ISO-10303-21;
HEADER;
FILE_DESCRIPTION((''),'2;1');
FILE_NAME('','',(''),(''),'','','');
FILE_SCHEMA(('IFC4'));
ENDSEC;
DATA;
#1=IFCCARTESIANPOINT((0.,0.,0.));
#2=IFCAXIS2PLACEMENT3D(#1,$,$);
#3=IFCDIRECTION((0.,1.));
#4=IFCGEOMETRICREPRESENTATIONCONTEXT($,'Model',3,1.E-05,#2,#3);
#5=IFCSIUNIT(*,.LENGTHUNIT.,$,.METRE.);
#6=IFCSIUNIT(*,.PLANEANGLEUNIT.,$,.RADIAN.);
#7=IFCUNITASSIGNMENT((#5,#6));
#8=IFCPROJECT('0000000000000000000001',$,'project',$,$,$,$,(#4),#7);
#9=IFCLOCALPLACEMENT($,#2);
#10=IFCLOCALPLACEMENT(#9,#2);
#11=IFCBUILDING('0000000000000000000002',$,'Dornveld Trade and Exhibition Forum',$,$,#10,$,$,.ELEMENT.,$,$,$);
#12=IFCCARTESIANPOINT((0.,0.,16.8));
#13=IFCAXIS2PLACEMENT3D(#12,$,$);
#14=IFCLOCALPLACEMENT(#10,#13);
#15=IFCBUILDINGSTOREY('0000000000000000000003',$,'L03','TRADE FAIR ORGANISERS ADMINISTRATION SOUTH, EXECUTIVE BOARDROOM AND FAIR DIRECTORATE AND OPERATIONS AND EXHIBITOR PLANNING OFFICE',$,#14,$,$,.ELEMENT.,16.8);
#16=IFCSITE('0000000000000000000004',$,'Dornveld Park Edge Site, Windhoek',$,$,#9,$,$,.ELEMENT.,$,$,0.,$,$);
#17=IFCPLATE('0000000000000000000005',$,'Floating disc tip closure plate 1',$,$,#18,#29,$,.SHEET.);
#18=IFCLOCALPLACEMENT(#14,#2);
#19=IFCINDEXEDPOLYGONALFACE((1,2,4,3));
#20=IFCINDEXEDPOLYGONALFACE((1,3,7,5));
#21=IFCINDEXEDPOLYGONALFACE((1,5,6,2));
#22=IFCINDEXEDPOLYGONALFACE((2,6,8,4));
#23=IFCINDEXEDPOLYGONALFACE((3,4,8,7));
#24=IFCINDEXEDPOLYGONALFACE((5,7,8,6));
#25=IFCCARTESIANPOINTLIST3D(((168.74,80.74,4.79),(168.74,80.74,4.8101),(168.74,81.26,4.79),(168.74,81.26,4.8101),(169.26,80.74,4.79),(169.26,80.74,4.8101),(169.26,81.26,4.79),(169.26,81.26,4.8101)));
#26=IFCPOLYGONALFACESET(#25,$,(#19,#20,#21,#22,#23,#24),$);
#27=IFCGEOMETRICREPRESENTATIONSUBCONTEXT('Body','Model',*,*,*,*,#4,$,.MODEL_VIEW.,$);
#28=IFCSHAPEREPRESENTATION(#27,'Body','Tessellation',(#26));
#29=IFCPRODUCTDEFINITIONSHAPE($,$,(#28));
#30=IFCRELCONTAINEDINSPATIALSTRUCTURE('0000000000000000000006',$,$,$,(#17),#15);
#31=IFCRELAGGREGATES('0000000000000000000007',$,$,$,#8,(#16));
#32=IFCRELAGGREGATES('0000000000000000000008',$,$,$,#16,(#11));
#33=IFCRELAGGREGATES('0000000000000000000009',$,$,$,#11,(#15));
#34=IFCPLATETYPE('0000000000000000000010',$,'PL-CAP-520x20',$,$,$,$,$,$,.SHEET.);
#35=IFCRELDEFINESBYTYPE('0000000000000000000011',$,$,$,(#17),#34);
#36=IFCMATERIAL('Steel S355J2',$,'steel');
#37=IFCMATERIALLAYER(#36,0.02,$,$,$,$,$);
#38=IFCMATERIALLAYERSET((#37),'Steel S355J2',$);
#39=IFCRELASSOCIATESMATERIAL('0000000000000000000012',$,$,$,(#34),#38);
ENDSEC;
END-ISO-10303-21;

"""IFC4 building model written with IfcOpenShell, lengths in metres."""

from ifc_helpers import new_model, si_unit, direction, frame, origin, origin_2d, place, context, subcontext, project, spatial, rectangle, extrude, material, layer, layer_set, type_object, element, save


model = new_model("IFC4")

# Units and contexts
model_context = context("Model", 3, precision=1e-05, world=origin(), true_north=direction((0.0, 1.0)))
body_context = subcontext(model_context, "Body", "Model", "MODEL_VIEW")
ifc_project = project(units=[si_unit("LENGTHUNIT", "METRE"), si_unit("PLANEANGLEUNIT", "RADIAN")], contexts=[model_context])

# Site, building, storey
site_placement = place(None, origin())
site = spatial("IfcSite", under=ifc_project, at=site_placement, Name="Dornveld Park Edge Site, Windhoek", CompositionType="ELEMENT", RefElevation=0.0)
building_placement = place(site_placement, origin())
building = spatial("IfcBuilding", under=site, at=building_placement, Name="Dornveld Trade and Exhibition Forum", CompositionType="ELEMENT")
storey_placement = place(building_placement, frame((0.0, 0.0, 16.8)))
storey = spatial("IfcBuildingStorey", under=building, at=storey_placement, Name="L03", Description="TRADE FAIR ORGANISERS ADMINISTRATION SOUTH, EXECUTIVE BOARDROOM AND FAIR DIRECTORATE AND OPERATIONS AND EXHIBITOR PLANNING OFFICE", CompositionType="ELEMENT", Elevation=16.8)

# Plate
ifc_material_1 = material(Name="Steel S355J2", Category="steel")
ifc_layer_1 = layer(ifc_material_1, 0.02)
ifc_layer_set_1 = layer_set([ifc_layer_1], Name="Steel S355J2")
plate_type_1 = type_object("IfcPlateType", Name="PL-CAP-520x20", PredefinedType="SHEET", material=ifc_layer_set_1)
plate_1_placement = place(storey_placement, frame((169.0, 81.0, 4.79), z_axis=(0.0, 0.0, 1.0), x_axis=(1.0, 0.0, 0.0)))
element("IfcPlate", 1, at=plate_1_placement, inside=storey, type_object=plate_type_1, Name="Floating disc tip closure plate 1", PredefinedType="SHEET", context=body_context, shape_type="SweptSolid", body=[
    extrude(rectangle(XDim=0.52, YDim=0.52, at=origin_2d()), origin(), (0.0, 0.0, 1.0), 0.02),
])

save(model, "model.ifc")
